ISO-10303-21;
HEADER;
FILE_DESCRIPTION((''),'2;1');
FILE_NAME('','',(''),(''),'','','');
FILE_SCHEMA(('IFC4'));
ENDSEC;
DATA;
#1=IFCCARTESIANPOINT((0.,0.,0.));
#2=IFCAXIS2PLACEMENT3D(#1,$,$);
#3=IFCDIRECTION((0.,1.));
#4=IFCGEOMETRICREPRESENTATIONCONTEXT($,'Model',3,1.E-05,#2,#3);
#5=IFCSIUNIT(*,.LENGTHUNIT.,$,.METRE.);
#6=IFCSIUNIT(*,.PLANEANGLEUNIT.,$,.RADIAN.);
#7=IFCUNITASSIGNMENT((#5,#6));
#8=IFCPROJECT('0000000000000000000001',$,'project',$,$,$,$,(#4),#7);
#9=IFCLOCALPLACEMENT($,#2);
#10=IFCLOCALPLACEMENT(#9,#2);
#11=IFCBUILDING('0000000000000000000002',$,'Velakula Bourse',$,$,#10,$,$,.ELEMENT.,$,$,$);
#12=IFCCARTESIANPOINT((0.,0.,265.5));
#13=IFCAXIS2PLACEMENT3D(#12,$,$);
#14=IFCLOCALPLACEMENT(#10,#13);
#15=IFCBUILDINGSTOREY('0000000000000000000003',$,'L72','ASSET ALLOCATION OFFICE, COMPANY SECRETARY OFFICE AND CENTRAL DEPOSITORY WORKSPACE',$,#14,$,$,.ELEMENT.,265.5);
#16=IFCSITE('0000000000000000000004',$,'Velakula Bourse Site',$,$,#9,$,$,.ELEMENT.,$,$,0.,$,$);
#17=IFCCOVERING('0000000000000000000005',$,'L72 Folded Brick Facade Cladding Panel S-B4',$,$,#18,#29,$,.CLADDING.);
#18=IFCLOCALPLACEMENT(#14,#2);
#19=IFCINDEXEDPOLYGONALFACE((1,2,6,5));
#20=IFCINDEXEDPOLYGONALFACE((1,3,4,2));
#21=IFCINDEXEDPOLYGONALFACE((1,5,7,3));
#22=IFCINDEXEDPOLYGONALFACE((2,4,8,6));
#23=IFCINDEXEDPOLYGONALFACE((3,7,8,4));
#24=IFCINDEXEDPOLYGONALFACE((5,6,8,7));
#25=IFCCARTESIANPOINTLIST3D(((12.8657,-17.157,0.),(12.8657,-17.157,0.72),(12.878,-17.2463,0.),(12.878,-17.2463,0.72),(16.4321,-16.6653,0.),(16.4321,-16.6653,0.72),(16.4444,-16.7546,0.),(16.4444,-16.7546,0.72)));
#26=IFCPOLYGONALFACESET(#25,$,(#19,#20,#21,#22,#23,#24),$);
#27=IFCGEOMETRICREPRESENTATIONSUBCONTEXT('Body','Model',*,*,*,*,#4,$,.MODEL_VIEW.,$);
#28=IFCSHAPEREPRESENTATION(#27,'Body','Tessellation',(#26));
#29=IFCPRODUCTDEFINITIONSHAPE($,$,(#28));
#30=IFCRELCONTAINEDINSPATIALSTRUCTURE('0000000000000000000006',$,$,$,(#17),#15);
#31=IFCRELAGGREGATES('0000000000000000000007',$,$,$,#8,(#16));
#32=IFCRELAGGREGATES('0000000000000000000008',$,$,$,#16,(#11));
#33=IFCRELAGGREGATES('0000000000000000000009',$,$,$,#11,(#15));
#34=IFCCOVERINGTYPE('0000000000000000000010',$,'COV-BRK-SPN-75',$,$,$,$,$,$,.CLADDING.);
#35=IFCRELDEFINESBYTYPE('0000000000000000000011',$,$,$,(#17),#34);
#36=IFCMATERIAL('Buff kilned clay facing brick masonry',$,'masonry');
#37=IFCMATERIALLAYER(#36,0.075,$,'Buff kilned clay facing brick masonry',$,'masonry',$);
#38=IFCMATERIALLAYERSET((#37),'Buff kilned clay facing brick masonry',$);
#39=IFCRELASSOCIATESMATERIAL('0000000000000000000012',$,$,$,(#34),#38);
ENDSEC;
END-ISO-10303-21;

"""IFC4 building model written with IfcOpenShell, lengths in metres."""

from ifc_helpers import new_model, si_unit, direction, frame, origin, origin_2d, place, context, subcontext, project, spatial, rectangle, extrude, material, layer, layer_set, type_object, element, save


model = new_model("IFC4")

# Units and contexts
model_context = context("Model", 3, precision=1e-05, world=origin(), true_north=direction((0.0, 1.0)))
body_context = subcontext(model_context, "Body", "Model", "MODEL_VIEW")
ifc_project = project(units=[si_unit("LENGTHUNIT", "METRE"), si_unit("PLANEANGLEUNIT", "RADIAN")], contexts=[model_context])

# Site, building, storey
site_placement = place(None, origin())
site = spatial("IfcSite", under=ifc_project, at=site_placement, Name="Velakula Bourse Site", CompositionType="ELEMENT", RefElevation=0.0)
building_placement = place(site_placement, origin())
building = spatial("IfcBuilding", under=site, at=building_placement, Name="Velakula Bourse", CompositionType="ELEMENT")
storey_placement = place(building_placement, frame((0.0, 0.0, 265.5)))
storey = spatial("IfcBuildingStorey", under=building, at=storey_placement, Name="L72", Description="ASSET ALLOCATION OFFICE, COMPANY SECRETARY OFFICE AND CENTRAL DEPOSITORY WORKSPACE", CompositionType="ELEMENT", Elevation=265.5)

# Shared definitions
ifc_material_1 = material(Name="Buff kilned clay facing brick masonry", Category="masonry")

# Covering
ifc_layer_1 = layer(ifc_material_1, 0.075, Name="Buff kilned clay facing brick masonry", Category="masonry")
ifc_layer_set_1 = layer_set([ifc_layer_1], Name="Buff kilned clay facing brick masonry")
covering_type = type_object("IfcCoveringType", Name="COV-BRK-SPN-75", PredefinedType="CLADDING", material=ifc_layer_set_1)
covering_placement = place(storey_placement, frame((14.655, -16.9558, 0.0), z_axis=(0.0, 0.0, 1.0), x_axis=(0.990629, 0.13658, 0.0)))
element("IfcCovering", 1, at=covering_placement, inside=storey, type_object=covering_type, Name="L72 Folded Brick Facade Cladding Panel S-B4", PredefinedType="CLADDING", context=body_context, shape_type="SweptSolid", body=[
    extrude(rectangle(XDim=3.6001, YDim=0.0901, at=origin_2d()), origin(), (0.0, 0.0, 1.0), 0.72),
])

save(model, "model.ifc")
